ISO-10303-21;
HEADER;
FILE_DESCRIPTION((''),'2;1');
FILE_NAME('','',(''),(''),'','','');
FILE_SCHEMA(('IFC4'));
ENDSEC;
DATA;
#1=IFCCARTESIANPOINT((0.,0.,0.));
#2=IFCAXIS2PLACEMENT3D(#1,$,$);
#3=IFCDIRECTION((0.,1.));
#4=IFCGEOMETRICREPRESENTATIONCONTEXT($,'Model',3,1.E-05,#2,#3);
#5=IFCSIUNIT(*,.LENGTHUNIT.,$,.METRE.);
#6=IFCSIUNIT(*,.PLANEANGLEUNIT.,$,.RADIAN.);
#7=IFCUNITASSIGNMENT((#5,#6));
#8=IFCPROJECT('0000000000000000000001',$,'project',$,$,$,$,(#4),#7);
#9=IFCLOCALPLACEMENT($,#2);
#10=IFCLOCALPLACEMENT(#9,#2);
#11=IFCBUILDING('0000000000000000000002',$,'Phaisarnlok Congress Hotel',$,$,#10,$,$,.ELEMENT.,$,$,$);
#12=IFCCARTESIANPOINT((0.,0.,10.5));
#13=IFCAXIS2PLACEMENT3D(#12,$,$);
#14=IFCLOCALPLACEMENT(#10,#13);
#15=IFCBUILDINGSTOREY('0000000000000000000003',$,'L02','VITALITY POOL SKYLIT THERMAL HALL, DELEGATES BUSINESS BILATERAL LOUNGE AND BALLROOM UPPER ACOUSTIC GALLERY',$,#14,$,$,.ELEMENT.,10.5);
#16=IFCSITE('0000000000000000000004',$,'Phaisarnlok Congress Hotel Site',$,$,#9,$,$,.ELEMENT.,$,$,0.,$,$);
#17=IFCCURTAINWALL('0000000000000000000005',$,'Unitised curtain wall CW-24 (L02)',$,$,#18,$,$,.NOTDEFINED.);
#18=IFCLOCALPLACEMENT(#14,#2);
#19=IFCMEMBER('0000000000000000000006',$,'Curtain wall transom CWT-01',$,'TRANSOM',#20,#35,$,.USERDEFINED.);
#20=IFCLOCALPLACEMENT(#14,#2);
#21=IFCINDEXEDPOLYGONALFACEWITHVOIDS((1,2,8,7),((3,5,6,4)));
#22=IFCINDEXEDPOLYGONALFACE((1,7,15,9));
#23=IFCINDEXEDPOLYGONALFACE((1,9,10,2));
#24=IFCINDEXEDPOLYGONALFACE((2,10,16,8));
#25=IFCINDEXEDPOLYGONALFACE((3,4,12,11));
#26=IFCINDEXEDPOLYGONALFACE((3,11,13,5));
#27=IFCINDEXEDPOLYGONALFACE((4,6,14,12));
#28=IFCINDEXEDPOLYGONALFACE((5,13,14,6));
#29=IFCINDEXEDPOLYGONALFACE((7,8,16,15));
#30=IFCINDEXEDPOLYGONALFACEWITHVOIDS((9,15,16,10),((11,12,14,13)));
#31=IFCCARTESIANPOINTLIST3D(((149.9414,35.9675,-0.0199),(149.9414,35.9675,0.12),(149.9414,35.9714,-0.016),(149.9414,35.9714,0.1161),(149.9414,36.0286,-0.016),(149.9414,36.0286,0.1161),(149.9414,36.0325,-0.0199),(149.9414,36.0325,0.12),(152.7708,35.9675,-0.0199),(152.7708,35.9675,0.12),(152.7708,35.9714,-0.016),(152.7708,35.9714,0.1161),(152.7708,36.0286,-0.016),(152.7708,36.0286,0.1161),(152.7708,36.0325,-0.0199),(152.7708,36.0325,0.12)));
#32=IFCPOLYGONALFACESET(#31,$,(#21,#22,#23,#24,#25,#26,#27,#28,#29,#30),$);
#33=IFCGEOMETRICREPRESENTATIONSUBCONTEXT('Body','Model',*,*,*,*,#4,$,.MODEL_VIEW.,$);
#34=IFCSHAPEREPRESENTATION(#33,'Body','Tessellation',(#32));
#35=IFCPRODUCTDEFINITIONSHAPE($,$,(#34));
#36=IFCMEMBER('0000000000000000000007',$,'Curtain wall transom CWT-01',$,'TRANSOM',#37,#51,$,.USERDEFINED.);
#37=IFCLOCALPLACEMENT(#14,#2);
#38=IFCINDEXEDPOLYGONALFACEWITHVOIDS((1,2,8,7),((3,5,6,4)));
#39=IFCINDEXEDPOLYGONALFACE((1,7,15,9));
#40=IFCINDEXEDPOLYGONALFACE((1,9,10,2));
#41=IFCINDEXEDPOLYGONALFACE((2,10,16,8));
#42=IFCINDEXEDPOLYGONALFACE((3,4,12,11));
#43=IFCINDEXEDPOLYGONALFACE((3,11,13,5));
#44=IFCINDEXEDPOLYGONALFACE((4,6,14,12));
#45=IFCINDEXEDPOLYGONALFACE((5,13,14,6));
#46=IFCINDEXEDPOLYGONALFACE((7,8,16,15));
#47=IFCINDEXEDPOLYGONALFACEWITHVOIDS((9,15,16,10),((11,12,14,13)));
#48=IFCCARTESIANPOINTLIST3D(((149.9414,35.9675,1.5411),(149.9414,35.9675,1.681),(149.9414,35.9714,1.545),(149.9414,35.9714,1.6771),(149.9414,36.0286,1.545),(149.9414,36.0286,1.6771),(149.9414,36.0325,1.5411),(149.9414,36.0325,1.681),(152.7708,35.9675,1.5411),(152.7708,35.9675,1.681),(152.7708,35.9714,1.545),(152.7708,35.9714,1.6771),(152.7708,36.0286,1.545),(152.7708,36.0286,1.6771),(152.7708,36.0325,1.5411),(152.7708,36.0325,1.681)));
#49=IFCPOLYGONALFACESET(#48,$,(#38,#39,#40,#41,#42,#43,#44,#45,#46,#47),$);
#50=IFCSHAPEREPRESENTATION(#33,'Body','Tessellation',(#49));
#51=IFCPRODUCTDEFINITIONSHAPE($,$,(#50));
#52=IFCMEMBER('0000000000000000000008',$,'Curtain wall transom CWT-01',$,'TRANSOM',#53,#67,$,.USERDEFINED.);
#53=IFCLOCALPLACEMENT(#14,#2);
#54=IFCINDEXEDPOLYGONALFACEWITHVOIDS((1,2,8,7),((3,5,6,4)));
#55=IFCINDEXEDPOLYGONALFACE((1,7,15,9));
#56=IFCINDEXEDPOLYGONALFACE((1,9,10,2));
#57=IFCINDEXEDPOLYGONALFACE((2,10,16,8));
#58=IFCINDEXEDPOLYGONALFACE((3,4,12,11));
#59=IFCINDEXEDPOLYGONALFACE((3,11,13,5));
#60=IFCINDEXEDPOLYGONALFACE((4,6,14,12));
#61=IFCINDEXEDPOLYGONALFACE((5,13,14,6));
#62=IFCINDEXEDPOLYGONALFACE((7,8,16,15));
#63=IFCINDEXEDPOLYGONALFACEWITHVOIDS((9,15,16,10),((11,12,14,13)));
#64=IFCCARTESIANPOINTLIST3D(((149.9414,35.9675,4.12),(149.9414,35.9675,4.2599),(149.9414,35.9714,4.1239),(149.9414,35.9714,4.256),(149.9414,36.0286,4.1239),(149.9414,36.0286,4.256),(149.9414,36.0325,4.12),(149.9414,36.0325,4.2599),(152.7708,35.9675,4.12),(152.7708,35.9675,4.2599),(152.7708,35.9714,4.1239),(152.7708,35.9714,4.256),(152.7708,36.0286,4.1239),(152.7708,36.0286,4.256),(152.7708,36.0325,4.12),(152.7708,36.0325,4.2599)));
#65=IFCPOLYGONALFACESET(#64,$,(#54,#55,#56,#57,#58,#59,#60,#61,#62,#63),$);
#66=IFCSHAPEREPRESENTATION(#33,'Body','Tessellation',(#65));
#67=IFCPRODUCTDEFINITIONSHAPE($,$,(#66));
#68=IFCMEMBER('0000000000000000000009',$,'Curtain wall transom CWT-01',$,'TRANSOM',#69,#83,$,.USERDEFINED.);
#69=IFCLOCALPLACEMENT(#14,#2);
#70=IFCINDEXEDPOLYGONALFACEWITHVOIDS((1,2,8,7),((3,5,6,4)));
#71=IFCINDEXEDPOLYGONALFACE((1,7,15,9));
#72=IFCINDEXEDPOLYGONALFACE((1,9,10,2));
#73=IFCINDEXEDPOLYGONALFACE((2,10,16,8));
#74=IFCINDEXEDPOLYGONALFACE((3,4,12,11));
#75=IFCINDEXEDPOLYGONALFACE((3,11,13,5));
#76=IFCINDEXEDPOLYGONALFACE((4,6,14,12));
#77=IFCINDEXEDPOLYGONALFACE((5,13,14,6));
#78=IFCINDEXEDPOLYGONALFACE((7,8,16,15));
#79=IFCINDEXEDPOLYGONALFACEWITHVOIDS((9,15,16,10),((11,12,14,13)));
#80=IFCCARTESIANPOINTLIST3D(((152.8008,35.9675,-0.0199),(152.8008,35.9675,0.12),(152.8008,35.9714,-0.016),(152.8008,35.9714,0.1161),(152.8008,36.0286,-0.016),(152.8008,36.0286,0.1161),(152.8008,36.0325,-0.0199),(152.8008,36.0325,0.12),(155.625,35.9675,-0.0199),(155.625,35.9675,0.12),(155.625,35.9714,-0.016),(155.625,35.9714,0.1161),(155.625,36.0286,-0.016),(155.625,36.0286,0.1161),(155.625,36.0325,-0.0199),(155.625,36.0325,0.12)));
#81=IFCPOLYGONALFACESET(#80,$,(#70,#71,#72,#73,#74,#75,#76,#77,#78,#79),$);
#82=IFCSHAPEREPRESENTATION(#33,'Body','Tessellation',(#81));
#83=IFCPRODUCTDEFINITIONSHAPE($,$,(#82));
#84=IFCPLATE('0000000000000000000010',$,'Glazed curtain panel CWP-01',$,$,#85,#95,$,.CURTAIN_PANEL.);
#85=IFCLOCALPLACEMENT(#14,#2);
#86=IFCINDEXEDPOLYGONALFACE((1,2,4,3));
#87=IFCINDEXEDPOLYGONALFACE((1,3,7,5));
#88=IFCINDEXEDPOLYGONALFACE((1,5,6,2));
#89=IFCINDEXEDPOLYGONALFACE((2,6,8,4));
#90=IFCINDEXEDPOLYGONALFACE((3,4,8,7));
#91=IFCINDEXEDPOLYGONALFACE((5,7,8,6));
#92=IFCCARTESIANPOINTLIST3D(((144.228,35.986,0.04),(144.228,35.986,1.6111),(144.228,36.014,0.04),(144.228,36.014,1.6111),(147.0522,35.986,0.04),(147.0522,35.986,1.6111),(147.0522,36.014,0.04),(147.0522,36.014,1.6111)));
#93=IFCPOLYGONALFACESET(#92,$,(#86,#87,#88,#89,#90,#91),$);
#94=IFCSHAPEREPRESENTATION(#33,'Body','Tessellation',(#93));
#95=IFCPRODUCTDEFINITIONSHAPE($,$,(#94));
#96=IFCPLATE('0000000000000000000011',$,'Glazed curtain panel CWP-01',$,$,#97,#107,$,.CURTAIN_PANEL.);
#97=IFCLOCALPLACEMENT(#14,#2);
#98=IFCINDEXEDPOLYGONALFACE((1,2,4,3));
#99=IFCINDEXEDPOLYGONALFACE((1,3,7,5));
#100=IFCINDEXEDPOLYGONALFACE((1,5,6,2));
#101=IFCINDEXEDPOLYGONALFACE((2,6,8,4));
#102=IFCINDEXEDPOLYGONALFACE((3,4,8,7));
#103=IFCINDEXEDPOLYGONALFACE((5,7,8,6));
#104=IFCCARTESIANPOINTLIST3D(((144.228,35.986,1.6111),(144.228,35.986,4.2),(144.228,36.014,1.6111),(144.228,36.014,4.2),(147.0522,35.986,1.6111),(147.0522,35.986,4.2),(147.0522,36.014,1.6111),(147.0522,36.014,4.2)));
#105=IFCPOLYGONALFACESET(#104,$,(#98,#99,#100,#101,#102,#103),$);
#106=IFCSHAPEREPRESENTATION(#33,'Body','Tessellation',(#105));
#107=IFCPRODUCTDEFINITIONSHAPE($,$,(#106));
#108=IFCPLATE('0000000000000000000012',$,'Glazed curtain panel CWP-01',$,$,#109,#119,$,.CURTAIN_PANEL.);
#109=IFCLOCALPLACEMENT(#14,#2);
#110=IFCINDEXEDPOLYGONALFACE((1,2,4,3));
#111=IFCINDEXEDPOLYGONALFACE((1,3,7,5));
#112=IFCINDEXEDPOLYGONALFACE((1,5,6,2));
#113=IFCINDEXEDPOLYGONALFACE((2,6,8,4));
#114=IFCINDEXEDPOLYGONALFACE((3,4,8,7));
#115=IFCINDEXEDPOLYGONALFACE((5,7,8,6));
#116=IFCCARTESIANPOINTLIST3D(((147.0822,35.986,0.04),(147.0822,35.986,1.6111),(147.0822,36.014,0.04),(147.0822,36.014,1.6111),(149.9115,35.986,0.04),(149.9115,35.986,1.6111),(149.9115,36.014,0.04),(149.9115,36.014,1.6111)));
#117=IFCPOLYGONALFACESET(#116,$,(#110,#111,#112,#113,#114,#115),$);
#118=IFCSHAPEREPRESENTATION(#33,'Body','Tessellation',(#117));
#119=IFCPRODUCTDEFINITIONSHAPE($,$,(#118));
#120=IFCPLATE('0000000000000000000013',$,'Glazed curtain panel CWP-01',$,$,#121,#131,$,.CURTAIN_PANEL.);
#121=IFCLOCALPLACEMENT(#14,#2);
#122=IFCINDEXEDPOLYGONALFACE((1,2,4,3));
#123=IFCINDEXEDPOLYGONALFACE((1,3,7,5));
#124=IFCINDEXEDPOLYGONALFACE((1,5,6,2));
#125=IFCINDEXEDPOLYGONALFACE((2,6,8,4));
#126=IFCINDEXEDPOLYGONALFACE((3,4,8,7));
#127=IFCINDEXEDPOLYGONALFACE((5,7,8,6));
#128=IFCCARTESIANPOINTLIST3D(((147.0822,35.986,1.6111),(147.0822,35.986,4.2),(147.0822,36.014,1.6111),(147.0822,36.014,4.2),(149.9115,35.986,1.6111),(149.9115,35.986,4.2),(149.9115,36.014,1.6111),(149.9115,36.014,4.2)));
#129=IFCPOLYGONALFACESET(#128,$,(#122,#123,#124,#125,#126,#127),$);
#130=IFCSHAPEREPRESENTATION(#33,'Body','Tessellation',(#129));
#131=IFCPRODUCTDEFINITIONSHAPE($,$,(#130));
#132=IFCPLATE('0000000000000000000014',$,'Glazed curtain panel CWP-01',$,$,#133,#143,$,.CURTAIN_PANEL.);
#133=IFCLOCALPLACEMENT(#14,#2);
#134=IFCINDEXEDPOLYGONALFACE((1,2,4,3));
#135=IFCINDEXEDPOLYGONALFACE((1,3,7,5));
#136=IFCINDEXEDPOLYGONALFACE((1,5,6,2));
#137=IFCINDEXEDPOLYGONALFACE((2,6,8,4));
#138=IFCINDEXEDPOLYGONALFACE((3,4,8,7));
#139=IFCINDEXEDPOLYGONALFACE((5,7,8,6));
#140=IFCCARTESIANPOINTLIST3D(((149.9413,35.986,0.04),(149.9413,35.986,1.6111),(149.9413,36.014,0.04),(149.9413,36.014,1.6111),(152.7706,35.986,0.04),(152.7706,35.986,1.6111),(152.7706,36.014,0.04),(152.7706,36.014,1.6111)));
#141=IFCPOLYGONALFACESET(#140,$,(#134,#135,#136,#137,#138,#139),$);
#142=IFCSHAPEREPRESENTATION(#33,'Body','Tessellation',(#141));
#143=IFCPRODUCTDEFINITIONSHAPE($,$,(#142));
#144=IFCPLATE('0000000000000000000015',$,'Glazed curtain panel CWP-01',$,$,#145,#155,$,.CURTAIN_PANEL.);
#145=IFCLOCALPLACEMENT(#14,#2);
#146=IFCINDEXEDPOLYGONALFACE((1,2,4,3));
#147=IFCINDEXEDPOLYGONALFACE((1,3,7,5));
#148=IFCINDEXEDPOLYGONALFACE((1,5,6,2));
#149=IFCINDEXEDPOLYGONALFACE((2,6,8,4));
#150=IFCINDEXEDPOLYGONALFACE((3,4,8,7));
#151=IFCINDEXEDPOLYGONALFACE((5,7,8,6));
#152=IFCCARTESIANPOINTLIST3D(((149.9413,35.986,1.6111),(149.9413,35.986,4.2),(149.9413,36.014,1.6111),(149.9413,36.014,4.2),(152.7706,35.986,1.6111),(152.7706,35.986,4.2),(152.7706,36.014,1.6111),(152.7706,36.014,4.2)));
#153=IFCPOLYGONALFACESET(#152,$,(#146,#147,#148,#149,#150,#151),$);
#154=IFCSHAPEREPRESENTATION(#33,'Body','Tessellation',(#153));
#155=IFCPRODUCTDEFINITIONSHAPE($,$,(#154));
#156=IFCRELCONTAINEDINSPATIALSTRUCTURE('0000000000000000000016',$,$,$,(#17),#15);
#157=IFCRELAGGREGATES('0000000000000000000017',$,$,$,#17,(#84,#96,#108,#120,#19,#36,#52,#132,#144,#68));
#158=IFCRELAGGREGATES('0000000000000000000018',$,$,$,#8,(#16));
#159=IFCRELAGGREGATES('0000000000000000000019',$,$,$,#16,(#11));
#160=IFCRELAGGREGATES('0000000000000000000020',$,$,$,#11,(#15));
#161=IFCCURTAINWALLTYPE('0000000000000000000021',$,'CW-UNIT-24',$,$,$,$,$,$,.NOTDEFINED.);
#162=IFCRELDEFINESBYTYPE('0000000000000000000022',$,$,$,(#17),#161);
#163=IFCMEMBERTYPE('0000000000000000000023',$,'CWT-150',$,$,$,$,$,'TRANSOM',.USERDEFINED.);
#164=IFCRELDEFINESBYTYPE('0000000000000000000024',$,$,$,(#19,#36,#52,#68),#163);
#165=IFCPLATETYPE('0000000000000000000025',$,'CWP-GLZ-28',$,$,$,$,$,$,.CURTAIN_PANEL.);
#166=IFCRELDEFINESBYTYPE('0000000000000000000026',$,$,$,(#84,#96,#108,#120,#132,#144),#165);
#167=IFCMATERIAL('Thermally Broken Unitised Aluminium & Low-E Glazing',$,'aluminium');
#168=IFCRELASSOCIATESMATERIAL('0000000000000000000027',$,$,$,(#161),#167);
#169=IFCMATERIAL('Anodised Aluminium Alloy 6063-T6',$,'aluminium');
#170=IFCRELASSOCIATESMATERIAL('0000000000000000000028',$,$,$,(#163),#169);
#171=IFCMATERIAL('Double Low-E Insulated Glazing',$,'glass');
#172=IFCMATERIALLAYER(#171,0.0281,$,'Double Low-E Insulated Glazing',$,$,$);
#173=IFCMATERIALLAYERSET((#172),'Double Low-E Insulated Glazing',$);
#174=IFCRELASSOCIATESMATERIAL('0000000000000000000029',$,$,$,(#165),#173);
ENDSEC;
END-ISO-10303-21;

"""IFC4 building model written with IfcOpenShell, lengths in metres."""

from ifc_helpers import new_model, si_unit, direction, frame, frame_2d, origin, origin_2d, place, context, subcontext, project, spatial, rectangle, hollow_rectangle, extrude, material, layer, layer_set, material_profile, profile_set, type_object, element, aggregate, save


model = new_model("IFC4")

# Units and contexts
model_context = context("Model", 3, precision=1e-05, world=origin(), true_north=direction((0.0, 1.0)))
body_context = subcontext(model_context, "Body", "Model", "MODEL_VIEW")
ifc_project = project(units=[si_unit("LENGTHUNIT", "METRE"), si_unit("PLANEANGLEUNIT", "RADIAN")], contexts=[model_context])

# Site, building, storey
site_placement = place(None, origin())
site = spatial("IfcSite", under=ifc_project, at=site_placement, Name="Phaisarnlok Congress Hotel Site", CompositionType="ELEMENT", RefElevation=0.0)
building_placement = place(site_placement, origin())
building = spatial("IfcBuilding", under=site, at=building_placement, Name="Phaisarnlok Congress Hotel", CompositionType="ELEMENT")
storey_placement = place(building_placement, frame((0.0, 0.0, 10.5)))
storey = spatial("IfcBuildingStorey", under=building, at=storey_placement, Name="L02", Description="VITALITY POOL SKYLIT THERMAL HALL, DELEGATES BUSINESS BILATERAL LOUNGE AND BALLROOM UPPER ACOUSTIC GALLERY", CompositionType="ELEMENT", Elevation=10.5)

# Curtain wall, members, plates
ifc_material_1 = material(Name="Thermally Broken Unitised Aluminium & Low-E Glazing", Category="aluminium")
curtain_wall_type = type_object("IfcCurtainWallType", Name="CW-UNIT-24", PredefinedType="NOTDEFINED", material=ifc_material_1)
curtain_wall_placement = place(storey_placement, origin())
curtain_wall = element("IfcCurtainWall", 1, at=curtain_wall_placement, inside=storey, type_object=curtain_wall_type, Name="Unitised curtain wall CW-24 (L02)", PredefinedType="NOTDEFINED")
ifc_material_2 = material(Name="Anodised Aluminium Alloy 6063-T6", Category="aluminium")
ifc_material_profile_1 = material_profile(ifc_material_2, hollow_rectangle(XDim=0.0649, YDim=0.1399, WallThickness=0.0039, at=origin_2d()), Name="ALU-T 65x140x4")
ifc_profile_set_1 = profile_set([ifc_material_profile_1], Name="Anodised Aluminium Alloy 6063-T6")
member_type_1 = type_object("IfcMemberType", Name="CWT-150", ElementType="TRANSOM", PredefinedType="USERDEFINED", material=ifc_profile_set_1)
member_1_placement = place(storey_placement, frame((149.9414, 36.0, 0.05), z_axis=(1.0, 0.0, 0.0), x_axis=(0.0, 1.0, 0.0)))
member_1 = element("IfcMember", 2, at=member_1_placement, type_object=member_type_1, Name="Curtain wall transom CWT-01", ObjectType="TRANSOM", PredefinedType="USERDEFINED", context=body_context, shape_type="SweptSolid", body=[
    extrude(hollow_rectangle(XDim=0.0649, YDim=0.1399, WallThickness=0.0039, at=origin_2d()), origin(), (0.0, 0.0, 1.0), 2.8293),
])
member_2_placement = place(storey_placement, frame((149.9414, 36.0, 1.6111), z_axis=(1.0, 0.0, 0.0), x_axis=(0.0, 1.0, 0.0)))
member_2 = element("IfcMember", 3, at=member_2_placement, type_object=member_type_1, Name="Curtain wall transom CWT-01", ObjectType="TRANSOM", PredefinedType="USERDEFINED", context=body_context, shape_type="SweptSolid", body=[
    extrude(hollow_rectangle(XDim=0.0649, YDim=0.1399, WallThickness=0.0039, at=origin_2d()), origin(), (0.0, 0.0, 1.0), 2.8293),
])
member_3_placement = place(storey_placement, frame((149.9414, 36.0, 4.1899), z_axis=(1.0, 0.0, 0.0), x_axis=(0.0, 1.0, 0.0)))
member_3 = element("IfcMember", 4, at=member_3_placement, type_object=member_type_1, Name="Curtain wall transom CWT-01", ObjectType="TRANSOM", PredefinedType="USERDEFINED", context=body_context, shape_type="SweptSolid", body=[
    extrude(hollow_rectangle(XDim=0.0649, YDim=0.1399, WallThickness=0.0039, at=origin_2d()), origin(), (0.0, 0.0, 1.0), 2.8293),
])
member_4_placement = place(storey_placement, frame((152.8008, 36.0, 0.05), z_axis=(1.0, 0.0, 0.0), x_axis=(0.0, 1.0, 0.0)))
member_4 = element("IfcMember", 5, at=member_4_placement, type_object=member_type_1, Name="Curtain wall transom CWT-01", ObjectType="TRANSOM", PredefinedType="USERDEFINED", context=body_context, shape_type="SweptSolid", body=[
    extrude(hollow_rectangle(XDim=0.0649, YDim=0.1399, WallThickness=0.0039, at=origin_2d()), origin(), (0.0, 0.0, 1.0), 2.8242),
])
ifc_material_3 = material(Name="Double Low-E Insulated Glazing", Category="glass")
ifc_layer_1 = layer(ifc_material_3, 0.0281, Name="Double Low-E Insulated Glazing")
ifc_layer_set_1 = layer_set([ifc_layer_1], Name="Double Low-E Insulated Glazing")
plate_type = type_object("IfcPlateType", Name="CWP-GLZ-28", PredefinedType="CURTAIN_PANEL", material=ifc_layer_set_1)
plate_1_placement = place(storey_placement, frame((144.228, 36.0, 0.04), z_axis=(0.0, 0.0, 1.0), x_axis=(1.0, 0.0, 0.0)))
plate_1 = element("IfcPlate", 6, at=plate_1_placement, type_object=plate_type, Name="Glazed curtain panel CWP-01", PredefinedType="CURTAIN_PANEL", context=body_context, shape_type="SweptSolid", body=[
    extrude(rectangle(XDim=2.8242, YDim=0.0281, at=frame_2d((1.4121, 0.0))), origin(), (0.0, 0.0, 1.0), 1.571),
])
plate_2_placement = place(storey_placement, frame((144.228, 36.0, 1.6111), z_axis=(0.0, 0.0, 1.0), x_axis=(1.0, 0.0, 0.0)))
plate_2 = element("IfcPlate", 7, at=plate_2_placement, type_object=plate_type, Name="Glazed curtain panel CWP-01", PredefinedType="CURTAIN_PANEL", context=body_context, shape_type="SweptSolid", body=[
    extrude(rectangle(XDim=2.8242, YDim=0.0281, at=frame_2d((1.4121, 0.0))), origin(), (0.0, 0.0, 1.0), 2.5889),
])
plate_3_placement = place(storey_placement, frame((147.0823, 36.0, 0.04), z_axis=(0.0, 0.0, 1.0), x_axis=(1.0, 0.0, 0.0)))
plate_3 = element("IfcPlate", 8, at=plate_3_placement, type_object=plate_type, Name="Glazed curtain panel CWP-01", PredefinedType="CURTAIN_PANEL", context=body_context, shape_type="SweptSolid", body=[
    extrude(rectangle(XDim=2.8293, YDim=0.0281, at=frame_2d((1.4146, 0.0))), origin(), (0.0, 0.0, 1.0), 1.571),
])
plate_4_placement = place(storey_placement, frame((147.0823, 36.0, 1.6111), z_axis=(0.0, 0.0, 1.0), x_axis=(1.0, 0.0, 0.0)))
plate_4 = element("IfcPlate", 9, at=plate_4_placement, type_object=plate_type, Name="Glazed curtain panel CWP-01", PredefinedType="CURTAIN_PANEL", context=body_context, shape_type="SweptSolid", body=[
    extrude(rectangle(XDim=2.8293, YDim=0.0281, at=frame_2d((1.4146, 0.0))), origin(), (0.0, 0.0, 1.0), 2.5889),
])
plate_5_placement = place(storey_placement, frame((149.9414, 36.0, 0.04), z_axis=(0.0, 0.0, 1.0), x_axis=(1.0, 0.0, 0.0)))
plate_5 = element("IfcPlate", 10, at=plate_5_placement, type_object=plate_type, Name="Glazed curtain panel CWP-01", PredefinedType="CURTAIN_PANEL", context=body_context, shape_type="SweptSolid", body=[
    extrude(rectangle(XDim=2.8293, YDim=0.0281, at=frame_2d((1.4146, 0.0))), origin(), (0.0, 0.0, 1.0), 1.571),
])
plate_6_placement = place(storey_placement, frame((149.9414, 36.0, 1.6111), z_axis=(0.0, 0.0, 1.0), x_axis=(1.0, 0.0, 0.0)))
plate_6 = element("IfcPlate", 11, at=plate_6_placement, type_object=plate_type, Name="Glazed curtain panel CWP-01", PredefinedType="CURTAIN_PANEL", context=body_context, shape_type="SweptSolid", body=[
    extrude(rectangle(XDim=2.8293, YDim=0.0281, at=frame_2d((1.4146, 0.0))), origin(), (0.0, 0.0, 1.0), 2.5889),
])
aggregate(curtain_wall, [plate_1, plate_2, plate_3, plate_4, member_1, member_2, member_3, plate_5, plate_6, member_4])

save(model, "model.ifc")
